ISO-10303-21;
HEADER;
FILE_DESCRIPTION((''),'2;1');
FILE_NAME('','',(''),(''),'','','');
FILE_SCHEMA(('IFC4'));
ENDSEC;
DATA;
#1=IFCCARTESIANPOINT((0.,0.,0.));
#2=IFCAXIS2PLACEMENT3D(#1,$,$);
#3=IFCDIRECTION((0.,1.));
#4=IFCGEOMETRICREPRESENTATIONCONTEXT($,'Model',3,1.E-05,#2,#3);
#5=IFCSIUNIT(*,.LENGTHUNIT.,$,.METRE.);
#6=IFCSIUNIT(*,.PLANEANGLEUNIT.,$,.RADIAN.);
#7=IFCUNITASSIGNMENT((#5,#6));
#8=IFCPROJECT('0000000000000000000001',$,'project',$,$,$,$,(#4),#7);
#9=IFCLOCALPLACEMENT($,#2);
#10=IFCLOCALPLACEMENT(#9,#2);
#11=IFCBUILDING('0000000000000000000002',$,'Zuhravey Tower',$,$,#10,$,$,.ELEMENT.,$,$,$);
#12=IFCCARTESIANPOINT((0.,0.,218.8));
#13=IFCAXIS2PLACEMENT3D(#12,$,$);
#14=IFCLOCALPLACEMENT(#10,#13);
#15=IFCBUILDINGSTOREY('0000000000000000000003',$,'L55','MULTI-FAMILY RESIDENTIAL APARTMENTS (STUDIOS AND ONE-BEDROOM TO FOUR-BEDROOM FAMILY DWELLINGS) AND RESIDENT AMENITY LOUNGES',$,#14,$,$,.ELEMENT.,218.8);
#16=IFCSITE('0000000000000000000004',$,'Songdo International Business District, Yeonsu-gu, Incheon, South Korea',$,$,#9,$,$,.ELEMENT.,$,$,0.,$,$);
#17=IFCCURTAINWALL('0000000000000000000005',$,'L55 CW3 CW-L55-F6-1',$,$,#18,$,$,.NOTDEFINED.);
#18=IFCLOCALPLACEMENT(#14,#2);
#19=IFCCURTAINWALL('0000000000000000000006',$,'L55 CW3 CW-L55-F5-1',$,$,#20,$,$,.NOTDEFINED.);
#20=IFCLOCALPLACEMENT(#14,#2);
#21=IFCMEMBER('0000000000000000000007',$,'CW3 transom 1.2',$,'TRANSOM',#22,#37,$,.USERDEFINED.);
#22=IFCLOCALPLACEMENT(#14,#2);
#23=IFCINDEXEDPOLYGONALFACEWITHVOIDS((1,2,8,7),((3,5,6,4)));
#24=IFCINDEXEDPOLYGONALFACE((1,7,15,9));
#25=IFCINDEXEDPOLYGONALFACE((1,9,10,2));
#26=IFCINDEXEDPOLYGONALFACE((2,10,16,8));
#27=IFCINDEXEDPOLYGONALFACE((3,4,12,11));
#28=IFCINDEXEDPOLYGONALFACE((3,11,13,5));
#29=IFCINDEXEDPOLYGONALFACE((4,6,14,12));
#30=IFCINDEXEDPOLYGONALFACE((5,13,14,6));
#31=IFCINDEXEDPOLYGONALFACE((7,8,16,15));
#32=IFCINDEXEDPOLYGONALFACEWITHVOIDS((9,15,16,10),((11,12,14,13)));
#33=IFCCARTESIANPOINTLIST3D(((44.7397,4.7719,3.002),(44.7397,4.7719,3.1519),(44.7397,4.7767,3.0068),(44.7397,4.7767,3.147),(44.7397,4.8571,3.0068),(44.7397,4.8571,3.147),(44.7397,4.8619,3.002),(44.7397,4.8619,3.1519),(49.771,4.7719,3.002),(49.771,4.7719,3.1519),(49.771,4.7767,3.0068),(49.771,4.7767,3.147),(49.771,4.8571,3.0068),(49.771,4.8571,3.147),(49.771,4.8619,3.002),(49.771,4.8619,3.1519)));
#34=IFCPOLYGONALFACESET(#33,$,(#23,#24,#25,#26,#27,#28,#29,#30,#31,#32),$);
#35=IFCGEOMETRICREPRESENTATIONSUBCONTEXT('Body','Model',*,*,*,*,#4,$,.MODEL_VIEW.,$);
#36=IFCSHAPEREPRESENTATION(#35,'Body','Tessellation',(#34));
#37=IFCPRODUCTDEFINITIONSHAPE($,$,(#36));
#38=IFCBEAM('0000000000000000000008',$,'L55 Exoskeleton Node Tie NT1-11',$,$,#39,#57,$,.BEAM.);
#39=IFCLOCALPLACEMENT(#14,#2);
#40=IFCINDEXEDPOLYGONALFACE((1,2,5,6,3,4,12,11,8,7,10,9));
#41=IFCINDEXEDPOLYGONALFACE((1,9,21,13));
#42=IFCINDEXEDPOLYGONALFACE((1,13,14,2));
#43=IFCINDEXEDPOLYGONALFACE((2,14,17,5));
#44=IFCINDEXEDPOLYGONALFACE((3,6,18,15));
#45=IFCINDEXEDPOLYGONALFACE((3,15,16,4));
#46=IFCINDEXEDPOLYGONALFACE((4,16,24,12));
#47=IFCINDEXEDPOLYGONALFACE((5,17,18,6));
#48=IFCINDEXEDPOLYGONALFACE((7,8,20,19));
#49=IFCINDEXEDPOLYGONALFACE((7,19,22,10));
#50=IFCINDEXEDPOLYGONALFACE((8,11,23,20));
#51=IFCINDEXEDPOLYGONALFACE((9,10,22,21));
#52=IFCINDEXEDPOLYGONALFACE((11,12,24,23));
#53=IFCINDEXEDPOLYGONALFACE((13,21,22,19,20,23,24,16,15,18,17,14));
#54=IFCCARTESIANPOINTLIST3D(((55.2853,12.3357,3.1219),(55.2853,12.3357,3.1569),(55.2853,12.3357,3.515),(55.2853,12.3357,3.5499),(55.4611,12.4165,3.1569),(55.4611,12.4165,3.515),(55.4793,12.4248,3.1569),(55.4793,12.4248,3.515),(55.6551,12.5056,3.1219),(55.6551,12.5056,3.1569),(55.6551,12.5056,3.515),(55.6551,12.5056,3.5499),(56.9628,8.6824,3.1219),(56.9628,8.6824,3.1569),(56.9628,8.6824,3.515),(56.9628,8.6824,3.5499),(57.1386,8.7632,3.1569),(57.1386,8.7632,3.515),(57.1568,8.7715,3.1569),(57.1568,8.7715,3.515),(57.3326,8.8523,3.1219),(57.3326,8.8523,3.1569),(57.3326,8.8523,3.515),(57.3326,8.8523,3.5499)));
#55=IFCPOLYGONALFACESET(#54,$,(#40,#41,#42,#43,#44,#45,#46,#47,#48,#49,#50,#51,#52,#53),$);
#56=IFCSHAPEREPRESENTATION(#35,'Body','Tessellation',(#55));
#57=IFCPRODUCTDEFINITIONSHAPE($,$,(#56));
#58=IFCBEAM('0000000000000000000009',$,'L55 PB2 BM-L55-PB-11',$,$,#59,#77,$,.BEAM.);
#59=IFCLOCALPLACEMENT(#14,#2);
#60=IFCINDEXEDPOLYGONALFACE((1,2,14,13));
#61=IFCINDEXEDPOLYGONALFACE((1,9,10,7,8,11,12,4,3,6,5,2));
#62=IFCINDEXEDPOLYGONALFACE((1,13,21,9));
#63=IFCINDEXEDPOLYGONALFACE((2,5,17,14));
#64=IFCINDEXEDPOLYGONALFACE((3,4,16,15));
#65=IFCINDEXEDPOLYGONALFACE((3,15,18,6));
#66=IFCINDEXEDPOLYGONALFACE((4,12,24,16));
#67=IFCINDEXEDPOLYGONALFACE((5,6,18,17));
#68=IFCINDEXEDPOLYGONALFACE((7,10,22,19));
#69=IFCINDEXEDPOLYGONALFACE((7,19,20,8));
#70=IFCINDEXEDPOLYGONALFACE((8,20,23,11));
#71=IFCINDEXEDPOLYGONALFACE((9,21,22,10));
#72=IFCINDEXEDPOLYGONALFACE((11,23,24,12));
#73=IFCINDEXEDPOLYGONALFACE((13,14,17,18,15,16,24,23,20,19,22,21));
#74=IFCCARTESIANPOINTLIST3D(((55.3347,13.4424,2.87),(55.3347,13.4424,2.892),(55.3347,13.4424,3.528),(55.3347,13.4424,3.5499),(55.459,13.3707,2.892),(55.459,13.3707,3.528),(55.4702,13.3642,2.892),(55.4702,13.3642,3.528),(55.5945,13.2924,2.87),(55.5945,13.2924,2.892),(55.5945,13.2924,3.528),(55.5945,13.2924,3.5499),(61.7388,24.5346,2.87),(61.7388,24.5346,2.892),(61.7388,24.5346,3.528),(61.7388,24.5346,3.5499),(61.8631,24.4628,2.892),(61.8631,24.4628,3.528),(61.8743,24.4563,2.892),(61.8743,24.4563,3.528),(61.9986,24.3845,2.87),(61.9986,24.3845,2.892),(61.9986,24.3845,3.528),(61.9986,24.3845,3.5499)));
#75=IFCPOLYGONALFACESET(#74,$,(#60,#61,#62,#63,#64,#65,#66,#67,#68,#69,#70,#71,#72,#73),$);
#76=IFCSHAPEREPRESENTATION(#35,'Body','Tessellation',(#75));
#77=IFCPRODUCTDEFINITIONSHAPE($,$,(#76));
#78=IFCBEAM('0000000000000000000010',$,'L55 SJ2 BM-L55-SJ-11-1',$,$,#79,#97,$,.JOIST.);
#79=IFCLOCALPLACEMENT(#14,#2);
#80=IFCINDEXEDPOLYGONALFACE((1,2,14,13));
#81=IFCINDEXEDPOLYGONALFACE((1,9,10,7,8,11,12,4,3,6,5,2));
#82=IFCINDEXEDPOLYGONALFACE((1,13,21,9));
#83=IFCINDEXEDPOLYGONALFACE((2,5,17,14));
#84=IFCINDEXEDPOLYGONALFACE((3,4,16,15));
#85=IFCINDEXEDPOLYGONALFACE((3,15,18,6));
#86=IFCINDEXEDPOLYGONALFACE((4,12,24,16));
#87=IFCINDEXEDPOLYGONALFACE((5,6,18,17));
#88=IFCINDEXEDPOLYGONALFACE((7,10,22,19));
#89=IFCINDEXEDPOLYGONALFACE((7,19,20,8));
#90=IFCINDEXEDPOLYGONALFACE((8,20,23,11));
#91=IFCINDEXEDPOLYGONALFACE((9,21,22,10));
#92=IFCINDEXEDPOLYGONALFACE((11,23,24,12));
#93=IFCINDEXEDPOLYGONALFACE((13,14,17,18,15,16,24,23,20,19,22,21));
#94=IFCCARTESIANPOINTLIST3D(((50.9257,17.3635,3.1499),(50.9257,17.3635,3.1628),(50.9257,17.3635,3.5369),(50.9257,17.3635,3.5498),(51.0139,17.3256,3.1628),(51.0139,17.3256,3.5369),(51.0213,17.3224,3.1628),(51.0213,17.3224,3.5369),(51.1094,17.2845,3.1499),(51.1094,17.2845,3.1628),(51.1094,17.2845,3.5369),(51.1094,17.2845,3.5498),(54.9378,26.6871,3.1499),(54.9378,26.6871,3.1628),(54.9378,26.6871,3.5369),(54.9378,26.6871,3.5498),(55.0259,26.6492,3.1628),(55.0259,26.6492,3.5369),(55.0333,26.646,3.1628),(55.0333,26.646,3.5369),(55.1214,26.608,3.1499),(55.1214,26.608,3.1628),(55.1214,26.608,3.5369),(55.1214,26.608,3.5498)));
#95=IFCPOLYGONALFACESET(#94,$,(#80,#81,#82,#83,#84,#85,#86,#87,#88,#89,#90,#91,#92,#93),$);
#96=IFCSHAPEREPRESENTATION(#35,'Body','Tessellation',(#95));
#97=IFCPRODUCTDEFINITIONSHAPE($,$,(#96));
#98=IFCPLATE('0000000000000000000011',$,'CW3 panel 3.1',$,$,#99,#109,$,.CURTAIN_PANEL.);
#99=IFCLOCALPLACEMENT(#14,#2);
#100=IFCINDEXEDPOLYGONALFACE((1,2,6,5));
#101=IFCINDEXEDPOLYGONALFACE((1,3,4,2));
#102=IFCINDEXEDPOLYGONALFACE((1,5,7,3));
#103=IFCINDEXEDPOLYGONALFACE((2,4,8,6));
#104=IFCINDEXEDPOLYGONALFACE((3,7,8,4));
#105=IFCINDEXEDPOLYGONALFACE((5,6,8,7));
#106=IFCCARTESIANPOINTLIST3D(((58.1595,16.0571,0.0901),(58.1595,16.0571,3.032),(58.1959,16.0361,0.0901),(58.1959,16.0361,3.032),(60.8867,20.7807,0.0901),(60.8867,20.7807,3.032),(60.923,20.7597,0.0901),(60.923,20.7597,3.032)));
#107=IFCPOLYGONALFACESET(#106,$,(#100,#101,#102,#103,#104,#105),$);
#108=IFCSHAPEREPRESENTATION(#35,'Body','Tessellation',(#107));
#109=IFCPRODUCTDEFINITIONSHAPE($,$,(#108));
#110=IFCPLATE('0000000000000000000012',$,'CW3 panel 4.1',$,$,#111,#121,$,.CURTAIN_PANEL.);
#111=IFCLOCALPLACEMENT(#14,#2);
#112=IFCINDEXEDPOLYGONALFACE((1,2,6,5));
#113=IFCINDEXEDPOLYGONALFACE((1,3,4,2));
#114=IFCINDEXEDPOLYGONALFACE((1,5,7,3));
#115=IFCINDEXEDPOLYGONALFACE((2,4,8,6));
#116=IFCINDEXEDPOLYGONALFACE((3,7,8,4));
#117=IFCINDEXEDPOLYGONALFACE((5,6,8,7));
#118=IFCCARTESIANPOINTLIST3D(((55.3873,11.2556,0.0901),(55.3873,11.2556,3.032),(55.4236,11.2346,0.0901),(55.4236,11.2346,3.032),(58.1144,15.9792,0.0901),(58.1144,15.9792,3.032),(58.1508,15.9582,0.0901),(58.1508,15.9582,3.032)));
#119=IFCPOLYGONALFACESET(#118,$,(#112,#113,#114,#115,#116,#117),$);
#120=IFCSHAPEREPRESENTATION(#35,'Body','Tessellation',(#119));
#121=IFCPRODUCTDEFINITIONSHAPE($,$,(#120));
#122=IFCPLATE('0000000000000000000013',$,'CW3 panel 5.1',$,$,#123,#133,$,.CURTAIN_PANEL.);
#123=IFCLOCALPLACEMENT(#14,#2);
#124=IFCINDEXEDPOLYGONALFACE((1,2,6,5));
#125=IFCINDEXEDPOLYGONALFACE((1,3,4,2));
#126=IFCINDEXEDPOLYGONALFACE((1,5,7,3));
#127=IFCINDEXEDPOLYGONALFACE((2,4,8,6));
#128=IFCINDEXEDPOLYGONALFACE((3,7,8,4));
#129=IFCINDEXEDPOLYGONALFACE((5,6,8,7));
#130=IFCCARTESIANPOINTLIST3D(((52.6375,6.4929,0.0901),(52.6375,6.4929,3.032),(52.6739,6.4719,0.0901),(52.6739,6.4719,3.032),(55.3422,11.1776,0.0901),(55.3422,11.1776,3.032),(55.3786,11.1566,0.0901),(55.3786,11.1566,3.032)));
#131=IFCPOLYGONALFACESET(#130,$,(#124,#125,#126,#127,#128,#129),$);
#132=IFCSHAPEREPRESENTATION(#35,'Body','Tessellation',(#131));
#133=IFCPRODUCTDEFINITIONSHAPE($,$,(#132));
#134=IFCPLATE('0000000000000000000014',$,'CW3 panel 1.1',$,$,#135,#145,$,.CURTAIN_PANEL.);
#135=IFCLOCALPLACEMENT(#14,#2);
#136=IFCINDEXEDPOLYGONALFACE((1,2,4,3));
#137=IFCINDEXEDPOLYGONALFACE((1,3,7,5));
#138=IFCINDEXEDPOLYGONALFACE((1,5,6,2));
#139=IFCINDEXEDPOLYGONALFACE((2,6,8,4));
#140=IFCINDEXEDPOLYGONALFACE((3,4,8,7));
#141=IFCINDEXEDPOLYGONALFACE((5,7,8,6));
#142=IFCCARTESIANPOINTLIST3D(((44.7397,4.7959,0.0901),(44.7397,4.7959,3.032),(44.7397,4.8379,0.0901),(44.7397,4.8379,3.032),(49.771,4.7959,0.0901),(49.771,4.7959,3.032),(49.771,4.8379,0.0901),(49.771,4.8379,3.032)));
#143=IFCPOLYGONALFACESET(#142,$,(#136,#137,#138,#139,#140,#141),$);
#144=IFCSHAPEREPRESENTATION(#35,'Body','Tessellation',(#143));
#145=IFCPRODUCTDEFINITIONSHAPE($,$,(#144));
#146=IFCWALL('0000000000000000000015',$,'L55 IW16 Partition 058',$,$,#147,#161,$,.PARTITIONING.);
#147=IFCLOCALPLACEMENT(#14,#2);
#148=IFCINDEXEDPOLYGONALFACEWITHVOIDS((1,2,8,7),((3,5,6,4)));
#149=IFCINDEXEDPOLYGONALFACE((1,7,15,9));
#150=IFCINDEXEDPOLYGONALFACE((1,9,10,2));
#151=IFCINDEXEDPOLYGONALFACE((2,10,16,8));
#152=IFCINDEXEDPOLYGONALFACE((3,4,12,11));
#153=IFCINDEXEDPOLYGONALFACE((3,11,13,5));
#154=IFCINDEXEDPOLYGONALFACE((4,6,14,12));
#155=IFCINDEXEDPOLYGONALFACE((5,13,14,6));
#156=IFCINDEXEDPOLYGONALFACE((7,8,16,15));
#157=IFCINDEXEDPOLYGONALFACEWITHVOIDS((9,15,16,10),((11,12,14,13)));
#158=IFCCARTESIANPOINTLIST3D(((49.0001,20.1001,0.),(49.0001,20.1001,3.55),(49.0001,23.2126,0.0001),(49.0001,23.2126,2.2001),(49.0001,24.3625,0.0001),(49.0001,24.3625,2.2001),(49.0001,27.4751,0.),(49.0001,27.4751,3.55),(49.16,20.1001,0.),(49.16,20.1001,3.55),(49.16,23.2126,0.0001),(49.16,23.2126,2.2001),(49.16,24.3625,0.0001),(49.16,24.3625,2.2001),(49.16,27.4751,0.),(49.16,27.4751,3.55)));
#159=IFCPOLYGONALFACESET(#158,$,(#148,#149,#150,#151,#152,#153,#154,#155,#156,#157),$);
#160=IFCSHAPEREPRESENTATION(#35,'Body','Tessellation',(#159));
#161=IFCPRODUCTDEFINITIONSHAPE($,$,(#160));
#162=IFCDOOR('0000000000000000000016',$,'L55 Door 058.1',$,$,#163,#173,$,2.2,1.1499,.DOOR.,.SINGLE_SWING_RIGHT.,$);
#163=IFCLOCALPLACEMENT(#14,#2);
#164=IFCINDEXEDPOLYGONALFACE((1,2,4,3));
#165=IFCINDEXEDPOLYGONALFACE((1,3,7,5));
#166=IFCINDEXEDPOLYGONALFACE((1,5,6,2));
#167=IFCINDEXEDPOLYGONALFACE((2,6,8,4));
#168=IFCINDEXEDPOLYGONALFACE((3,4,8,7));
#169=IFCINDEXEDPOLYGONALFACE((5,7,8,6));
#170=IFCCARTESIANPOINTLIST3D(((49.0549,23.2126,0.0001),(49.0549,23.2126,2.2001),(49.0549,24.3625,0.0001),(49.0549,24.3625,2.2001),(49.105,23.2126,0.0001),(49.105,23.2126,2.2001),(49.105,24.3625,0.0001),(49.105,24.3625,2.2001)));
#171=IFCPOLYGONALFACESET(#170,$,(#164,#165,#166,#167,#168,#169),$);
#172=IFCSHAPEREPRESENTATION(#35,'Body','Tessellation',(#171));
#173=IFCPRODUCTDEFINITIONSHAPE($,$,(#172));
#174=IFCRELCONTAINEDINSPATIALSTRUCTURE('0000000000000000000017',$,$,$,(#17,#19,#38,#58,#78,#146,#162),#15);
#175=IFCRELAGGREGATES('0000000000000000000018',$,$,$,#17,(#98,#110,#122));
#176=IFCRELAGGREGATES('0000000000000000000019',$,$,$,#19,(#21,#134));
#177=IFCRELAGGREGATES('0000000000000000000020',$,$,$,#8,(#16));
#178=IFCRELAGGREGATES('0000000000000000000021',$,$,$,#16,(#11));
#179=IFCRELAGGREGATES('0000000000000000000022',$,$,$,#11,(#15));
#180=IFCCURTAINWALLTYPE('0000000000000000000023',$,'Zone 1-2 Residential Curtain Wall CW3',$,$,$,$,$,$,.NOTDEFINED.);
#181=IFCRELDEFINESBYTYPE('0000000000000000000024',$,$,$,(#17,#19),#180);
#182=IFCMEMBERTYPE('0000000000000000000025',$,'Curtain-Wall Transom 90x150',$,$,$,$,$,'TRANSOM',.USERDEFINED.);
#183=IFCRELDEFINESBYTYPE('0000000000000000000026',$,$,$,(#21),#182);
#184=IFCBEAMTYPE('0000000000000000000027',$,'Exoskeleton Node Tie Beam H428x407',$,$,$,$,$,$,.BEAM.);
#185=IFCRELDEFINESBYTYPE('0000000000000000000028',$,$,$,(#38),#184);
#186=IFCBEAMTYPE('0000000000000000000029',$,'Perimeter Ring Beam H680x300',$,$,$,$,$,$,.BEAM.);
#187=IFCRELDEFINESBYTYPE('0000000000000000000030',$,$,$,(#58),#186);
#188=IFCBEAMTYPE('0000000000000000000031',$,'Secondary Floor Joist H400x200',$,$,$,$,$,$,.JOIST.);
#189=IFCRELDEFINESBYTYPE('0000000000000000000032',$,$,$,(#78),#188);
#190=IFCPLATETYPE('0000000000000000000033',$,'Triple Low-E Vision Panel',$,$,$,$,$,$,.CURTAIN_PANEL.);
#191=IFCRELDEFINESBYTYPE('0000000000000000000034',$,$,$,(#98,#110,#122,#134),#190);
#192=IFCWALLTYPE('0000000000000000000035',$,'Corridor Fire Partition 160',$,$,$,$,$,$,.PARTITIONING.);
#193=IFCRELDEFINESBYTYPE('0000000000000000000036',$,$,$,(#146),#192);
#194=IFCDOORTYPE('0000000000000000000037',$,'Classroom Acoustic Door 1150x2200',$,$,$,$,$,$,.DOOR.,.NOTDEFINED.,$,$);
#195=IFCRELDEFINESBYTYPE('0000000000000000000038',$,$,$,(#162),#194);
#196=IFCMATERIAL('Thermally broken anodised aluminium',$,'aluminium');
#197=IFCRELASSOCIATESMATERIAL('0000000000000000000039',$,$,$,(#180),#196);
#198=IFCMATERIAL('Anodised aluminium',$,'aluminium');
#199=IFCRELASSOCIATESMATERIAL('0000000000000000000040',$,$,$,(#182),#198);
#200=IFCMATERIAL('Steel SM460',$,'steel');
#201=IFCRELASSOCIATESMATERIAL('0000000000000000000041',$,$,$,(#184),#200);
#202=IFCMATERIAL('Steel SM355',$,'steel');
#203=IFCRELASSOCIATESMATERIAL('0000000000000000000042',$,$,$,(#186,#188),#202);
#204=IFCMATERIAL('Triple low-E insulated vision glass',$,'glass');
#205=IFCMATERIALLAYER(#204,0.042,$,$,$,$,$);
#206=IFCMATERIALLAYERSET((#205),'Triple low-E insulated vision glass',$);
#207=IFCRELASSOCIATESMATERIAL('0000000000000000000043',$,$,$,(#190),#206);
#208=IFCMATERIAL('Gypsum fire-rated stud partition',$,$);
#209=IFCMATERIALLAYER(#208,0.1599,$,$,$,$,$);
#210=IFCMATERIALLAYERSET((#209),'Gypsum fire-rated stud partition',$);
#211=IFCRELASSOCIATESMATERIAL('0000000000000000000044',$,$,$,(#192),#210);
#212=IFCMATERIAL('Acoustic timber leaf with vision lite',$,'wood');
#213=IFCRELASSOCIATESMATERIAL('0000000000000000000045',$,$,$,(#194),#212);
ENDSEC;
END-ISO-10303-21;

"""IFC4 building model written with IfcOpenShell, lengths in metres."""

from ifc_helpers import new_model, si_unit, direction, frame, frame_2d, origin, origin_2d, place, context, subcontext, project, spatial, rectangle, hollow_rectangle, i_section, extrude, material, layer, layer_set, material_profile, profile_set, type_object, element, fill, aggregate, save


model = new_model("IFC4")

# Units and contexts
model_context = context("Model", 3, precision=1e-05, world=origin(), true_north=direction((0.0, 1.0)))
body_context = subcontext(model_context, "Body", "Model", "MODEL_VIEW")
ifc_project = project(units=[si_unit("LENGTHUNIT", "METRE"), si_unit("PLANEANGLEUNIT", "RADIAN")], contexts=[model_context])

# Site, building, storey
site_placement = place(None, origin())
site = spatial("IfcSite", under=ifc_project, at=site_placement, Name="Songdo International Business District, Yeonsu-gu, Incheon, South Korea", CompositionType="ELEMENT", RefElevation=0.0)
building_placement = place(site_placement, origin())
building = spatial("IfcBuilding", under=site, at=building_placement, Name="Zuhravey Tower", CompositionType="ELEMENT")
storey_placement = place(building_placement, frame((0.0, 0.0, 218.8)))
storey = spatial("IfcBuildingStorey", under=building, at=storey_placement, Name="L55", Description="MULTI-FAMILY RESIDENTIAL APARTMENTS (STUDIOS AND ONE-BEDROOM TO FOUR-BEDROOM FAMILY DWELLINGS) AND RESIDENT AMENITY LOUNGES", CompositionType="ELEMENT", Elevation=218.8)

# Curtain wall
ifc_material_1 = material(Name="Thermally broken anodised aluminium", Category="aluminium")
curtain_wall_type = type_object("IfcCurtainWallType", Name="Zone 1-2 Residential Curtain Wall CW3", PredefinedType="NOTDEFINED", material=ifc_material_1)
curtain_wall_1_placement = place(storey_placement, origin())
curtain_wall_1 = element("IfcCurtainWall", 1, at=curtain_wall_1_placement, inside=storey, type_object=curtain_wall_type, Name="L55 CW3 CW-L55-F6-1", PredefinedType="NOTDEFINED")
ifc_material_2 = material(Name="Anodised aluminium", Category="aluminium")

# Curtain wall
curtain_wall_2_placement = place(storey_placement, origin())
curtain_wall_2 = element("IfcCurtainWall", 2, at=curtain_wall_2_placement, inside=storey, type_object=curtain_wall_type, Name="L55 CW3 CW-L55-F5-1", PredefinedType="NOTDEFINED")

# Member
ifc_material_profile_1 = material_profile(ifc_material_2, hollow_rectangle(XDim=0.0901, YDim=0.1499, WallThickness=0.0049, at=origin_2d()), Name="ALU-RHS-90x150x5")
ifc_profile_set_1 = profile_set([ifc_material_profile_1], Name="Anodised aluminium")
member_type_1 = type_object("IfcMemberType", Name="Curtain-Wall Transom 90x150", ElementType="TRANSOM", PredefinedType="USERDEFINED", material=ifc_profile_set_1)
member_1_placement = place(storey_placement, frame((49.771, 4.8169, 3.0769), z_axis=(-1.0, 0.0, 0.0), x_axis=(0.0, -1.0, 0.0)))
member_1 = element("IfcMember", 3, at=member_1_placement, type_object=member_type_1, Name="CW3 transom 1.2", ObjectType="TRANSOM", PredefinedType="USERDEFINED", context=body_context, shape_type="SweptSolid", body=[
    extrude(hollow_rectangle(XDim=0.0901, YDim=0.1499, WallThickness=0.0049, at=origin_2d()), origin(), (0.0, 0.0, 1.0), 5.0312),
])

# Beams
ifc_material_3 = material(Name="Steel SM460", Category="steel")
ifc_material_profile_2 = material_profile(ifc_material_3, i_section(OverallWidth=0.407, OverallDepth=0.428, WebThickness=0.02, FlangeThickness=0.0349, at=origin_2d()), Name="H-428x407x20x35")
ifc_profile_set_2 = profile_set([ifc_material_profile_2], Name="Steel SM460")
beam_type_1 = type_object("IfcBeamType", Name="Exoskeleton Node Tie Beam H428x407", PredefinedType="BEAM", material=ifc_profile_set_2)
beam_1_placement = place(storey_placement, frame((55.4702, 12.4207, 3.3359), z_axis=(0.417282, -0.908777, 0.0), x_axis=(0.908777, 0.417282, 0.0)))
element("IfcBeam", 4, at=beam_1_placement, inside=storey, type_object=beam_type_1, Name="L55 Exoskeleton Node Tie NT1-11", PredefinedType="BEAM", context=body_context, shape_type="SweptSolid", body=[
    extrude(i_section(OverallWidth=0.407, OverallDepth=0.428, WebThickness=0.02, FlangeThickness=0.0349, at=origin_2d()), origin(), (0.0, 0.0, 1.0), 4.02),
])
ifc_material_4 = material(Name="Steel SM355", Category="steel")
ifc_material_profile_3 = material_profile(ifc_material_4, i_section(OverallWidth=0.3, OverallDepth=0.6799, WebThickness=0.0129, FlangeThickness=0.022, at=origin_2d()), Name="H-680x300x13x22")
ifc_profile_set_3 = profile_set([ifc_material_profile_3], Name="Steel SM355")
beam_type_2 = type_object("IfcBeamType", Name="Perimeter Ring Beam H680x300", PredefinedType="BEAM", material=ifc_profile_set_3)
beam_2_placement = place(storey_placement, frame((55.4646, 13.3674, 3.21), z_axis=(0.500004, 0.866023, 0.0), x_axis=(-0.866023, 0.500004, 0.0)))
element("IfcBeam", 5, at=beam_2_placement, inside=storey, type_object=beam_type_2, Name="L55 PB2 BM-L55-PB-11", PredefinedType="BEAM", context=body_context, shape_type="SweptSolid", body=[
    extrude(i_section(OverallWidth=0.3, OverallDepth=0.6799, WebThickness=0.0129, FlangeThickness=0.022, at=origin_2d()), origin(), (0.0, 0.0, 1.0), 12.8081),
])
ifc_material_profile_4 = material_profile(ifc_material_4, i_section(OverallWidth=0.2, OverallDepth=0.3999, WebThickness=0.0081, FlangeThickness=0.0129, at=origin_2d()), Name="H-400x200x8x13")
ifc_profile_set_4 = profile_set([ifc_material_profile_4], Name="Steel SM355")
beam_type_3 = type_object("IfcBeamType", Name="Secondary Floor Joist H400x200", PredefinedType="JOIST", material=ifc_profile_set_4)
beam_3_placement = place(storey_placement, frame((51.0176, 17.324, 3.3499), z_axis=(0.395266, 0.918567, 0.0), x_axis=(-0.918567, 0.395266, 0.0)))
element("IfcBeam", 6, at=beam_3_placement, inside=storey, type_object=beam_type_3, Name="L55 SJ2 BM-L55-SJ-11-1", PredefinedType="JOIST", context=body_context, shape_type="SweptSolid", body=[
    extrude(i_section(OverallWidth=0.2, OverallDepth=0.3999, WebThickness=0.0081, FlangeThickness=0.0129, at=origin_2d()), origin(), (0.0, 0.0, 1.0), 10.1501),
])

# Plates
ifc_material_5 = material(Name="Triple low-E insulated vision glass", Category="glass")
ifc_layer_1 = layer(ifc_material_5, 0.042)
ifc_layer_set_1 = layer_set([ifc_layer_1], Name="Triple low-E insulated vision glass")
plate_type = type_object("IfcPlateType", Name="Triple Low-E Vision Panel", PredefinedType="CURTAIN_PANEL", material=ifc_layer_set_1)
plate_1_placement = place(storey_placement, frame((59.5413, 18.4084, 0.0901), z_axis=(0.0, 0.0, 1.0), x_axis=(-0.5, -0.866025, 0.0)))
plate_1 = element("IfcPlate", 7, at=plate_1_placement, type_object=plate_type, Name="CW3 panel 3.1", PredefinedType="CURTAIN_PANEL", context=body_context, shape_type="SweptSolid", body=[
    extrude(rectangle(XDim=5.4543, YDim=0.042, at=origin_2d()), origin(), (0.0, 0.0, 1.0), 2.9419),
])
plate_2_placement = place(storey_placement, frame((56.769, 13.6069, 0.0901), z_axis=(0.0, 0.0, 1.0), x_axis=(-0.5, -0.866025, 0.0)))
plate_2 = element("IfcPlate", 8, at=plate_2_placement, type_object=plate_type, Name="CW3 panel 4.1", PredefinedType="CURTAIN_PANEL", context=body_context, shape_type="SweptSolid", body=[
    extrude(rectangle(XDim=5.4543, YDim=0.042, at=origin_2d()), origin(), (0.0, 0.0, 1.0), 2.9419),
])
plate_3_placement = place(storey_placement, frame((54.0081, 8.8247, 0.0901), z_axis=(0.0, 0.0, 1.0), x_axis=(-0.5, -0.866025, 0.0)))
plate_3 = element("IfcPlate", 9, at=plate_3_placement, type_object=plate_type, Name="CW3 panel 5.1", PredefinedType="CURTAIN_PANEL", context=body_context, shape_type="SweptSolid", body=[
    extrude(rectangle(XDim=5.4094, YDim=0.042, at=origin_2d()), origin(), (0.0, 0.0, 1.0), 2.9419),
])
aggregate(curtain_wall_1, [plate_1, plate_2, plate_3])
plate_4_placement = place(storey_placement, frame((47.2554, 4.8169, 0.0901), z_axis=(0.0, 0.0, 1.0), x_axis=(-1.0, 0.0, 0.0)))
plate_4 = element("IfcPlate", 10, at=plate_4_placement, type_object=plate_type, Name="CW3 panel 1.1", PredefinedType="CURTAIN_PANEL", context=body_context, shape_type="SweptSolid", body=[
    extrude(rectangle(XDim=5.0312, YDim=0.042, at=origin_2d()), origin(), (0.0, 0.0, 1.0), 2.9419),
])
aggregate(curtain_wall_2, [member_1, plate_4])

# Wall, opening, door
ifc_material_6 = material(Name="Gypsum fire-rated stud partition")
ifc_layer_2 = layer(ifc_material_6, 0.1599)
ifc_layer_set_2 = layer_set([ifc_layer_2], Name="Gypsum fire-rated stud partition")
wall_type_1 = type_object("IfcWallType", Name="Corridor Fire Partition 160", PredefinedType="PARTITIONING", material=ifc_layer_set_2)
wall_1_placement = place(storey_placement, frame((49.0801, 20.1001, 0.0), z_axis=(0.0, 0.0, 1.0), x_axis=(0.0, 1.0, 0.0)))
wall_1 = element("IfcWall", 11, at=wall_1_placement, inside=storey, type_object=wall_type_1, Name="L55 IW16 Partition 058", PredefinedType="PARTITIONING", context=body_context, shape_type="SweptSolid", body=[
    extrude(rectangle(XDim=7.375, YDim=0.1599, at=frame_2d((3.6875, 0.0))), origin(), (0.0, 0.0, 1.0), 3.55),
])
opening_1_placement = place(wall_1_placement, frame((3.1125, 0.0, 0.0)))
opening_1 = element("IfcOpeningElement", 12, at=opening_1_placement, cuts=wall_1, PredefinedType="OPENING", context=body_context, shape_type="SweptSolid", body=[
    extrude(rectangle(XDim=1.1499, YDim=2.2, at=frame_2d((0.575, 1.1001))), frame((0.0, 0.092, 0.0), z_axis=(0.0, -1.0, 0.0), x_axis=(1.0, 0.0, 0.0)), (0.0, 0.0, 1.0), 0.1838),
])
ifc_material_7 = material(Name="Acoustic timber leaf with vision lite", Category="wood")
door_type = type_object("IfcDoorType", Name="Classroom Acoustic Door 1150x2200", OperationType="NOTDEFINED", PredefinedType="DOOR", material=ifc_material_7)
door_placement = place(opening_1_placement, frame((1.1499, 0.0, 0.0), z_axis=(0.0, 0.0, 1.0), x_axis=(-1.0, 0.0, 0.0)))
door = element("IfcDoor", 13, at=door_placement, inside=storey, type_object=door_type, Name="L55 Door 058.1", OperationType="SINGLE_SWING_RIGHT", OverallHeight=2.2, OverallWidth=1.1499, PredefinedType="DOOR", context=body_context, shape_type="SweptSolid", body=[
    extrude(rectangle(XDim=1.1499, YDim=2.2, at=frame_2d((0.575, 1.1001))), frame((0.0, 0.0249, 0.0), z_axis=(0.0, -1.0, 0.0), x_axis=(1.0, 0.0, 0.0)), (0.0, 0.0, 1.0), 0.05),
])
fill(opening_1, door)

save(model, "model.ifc")
